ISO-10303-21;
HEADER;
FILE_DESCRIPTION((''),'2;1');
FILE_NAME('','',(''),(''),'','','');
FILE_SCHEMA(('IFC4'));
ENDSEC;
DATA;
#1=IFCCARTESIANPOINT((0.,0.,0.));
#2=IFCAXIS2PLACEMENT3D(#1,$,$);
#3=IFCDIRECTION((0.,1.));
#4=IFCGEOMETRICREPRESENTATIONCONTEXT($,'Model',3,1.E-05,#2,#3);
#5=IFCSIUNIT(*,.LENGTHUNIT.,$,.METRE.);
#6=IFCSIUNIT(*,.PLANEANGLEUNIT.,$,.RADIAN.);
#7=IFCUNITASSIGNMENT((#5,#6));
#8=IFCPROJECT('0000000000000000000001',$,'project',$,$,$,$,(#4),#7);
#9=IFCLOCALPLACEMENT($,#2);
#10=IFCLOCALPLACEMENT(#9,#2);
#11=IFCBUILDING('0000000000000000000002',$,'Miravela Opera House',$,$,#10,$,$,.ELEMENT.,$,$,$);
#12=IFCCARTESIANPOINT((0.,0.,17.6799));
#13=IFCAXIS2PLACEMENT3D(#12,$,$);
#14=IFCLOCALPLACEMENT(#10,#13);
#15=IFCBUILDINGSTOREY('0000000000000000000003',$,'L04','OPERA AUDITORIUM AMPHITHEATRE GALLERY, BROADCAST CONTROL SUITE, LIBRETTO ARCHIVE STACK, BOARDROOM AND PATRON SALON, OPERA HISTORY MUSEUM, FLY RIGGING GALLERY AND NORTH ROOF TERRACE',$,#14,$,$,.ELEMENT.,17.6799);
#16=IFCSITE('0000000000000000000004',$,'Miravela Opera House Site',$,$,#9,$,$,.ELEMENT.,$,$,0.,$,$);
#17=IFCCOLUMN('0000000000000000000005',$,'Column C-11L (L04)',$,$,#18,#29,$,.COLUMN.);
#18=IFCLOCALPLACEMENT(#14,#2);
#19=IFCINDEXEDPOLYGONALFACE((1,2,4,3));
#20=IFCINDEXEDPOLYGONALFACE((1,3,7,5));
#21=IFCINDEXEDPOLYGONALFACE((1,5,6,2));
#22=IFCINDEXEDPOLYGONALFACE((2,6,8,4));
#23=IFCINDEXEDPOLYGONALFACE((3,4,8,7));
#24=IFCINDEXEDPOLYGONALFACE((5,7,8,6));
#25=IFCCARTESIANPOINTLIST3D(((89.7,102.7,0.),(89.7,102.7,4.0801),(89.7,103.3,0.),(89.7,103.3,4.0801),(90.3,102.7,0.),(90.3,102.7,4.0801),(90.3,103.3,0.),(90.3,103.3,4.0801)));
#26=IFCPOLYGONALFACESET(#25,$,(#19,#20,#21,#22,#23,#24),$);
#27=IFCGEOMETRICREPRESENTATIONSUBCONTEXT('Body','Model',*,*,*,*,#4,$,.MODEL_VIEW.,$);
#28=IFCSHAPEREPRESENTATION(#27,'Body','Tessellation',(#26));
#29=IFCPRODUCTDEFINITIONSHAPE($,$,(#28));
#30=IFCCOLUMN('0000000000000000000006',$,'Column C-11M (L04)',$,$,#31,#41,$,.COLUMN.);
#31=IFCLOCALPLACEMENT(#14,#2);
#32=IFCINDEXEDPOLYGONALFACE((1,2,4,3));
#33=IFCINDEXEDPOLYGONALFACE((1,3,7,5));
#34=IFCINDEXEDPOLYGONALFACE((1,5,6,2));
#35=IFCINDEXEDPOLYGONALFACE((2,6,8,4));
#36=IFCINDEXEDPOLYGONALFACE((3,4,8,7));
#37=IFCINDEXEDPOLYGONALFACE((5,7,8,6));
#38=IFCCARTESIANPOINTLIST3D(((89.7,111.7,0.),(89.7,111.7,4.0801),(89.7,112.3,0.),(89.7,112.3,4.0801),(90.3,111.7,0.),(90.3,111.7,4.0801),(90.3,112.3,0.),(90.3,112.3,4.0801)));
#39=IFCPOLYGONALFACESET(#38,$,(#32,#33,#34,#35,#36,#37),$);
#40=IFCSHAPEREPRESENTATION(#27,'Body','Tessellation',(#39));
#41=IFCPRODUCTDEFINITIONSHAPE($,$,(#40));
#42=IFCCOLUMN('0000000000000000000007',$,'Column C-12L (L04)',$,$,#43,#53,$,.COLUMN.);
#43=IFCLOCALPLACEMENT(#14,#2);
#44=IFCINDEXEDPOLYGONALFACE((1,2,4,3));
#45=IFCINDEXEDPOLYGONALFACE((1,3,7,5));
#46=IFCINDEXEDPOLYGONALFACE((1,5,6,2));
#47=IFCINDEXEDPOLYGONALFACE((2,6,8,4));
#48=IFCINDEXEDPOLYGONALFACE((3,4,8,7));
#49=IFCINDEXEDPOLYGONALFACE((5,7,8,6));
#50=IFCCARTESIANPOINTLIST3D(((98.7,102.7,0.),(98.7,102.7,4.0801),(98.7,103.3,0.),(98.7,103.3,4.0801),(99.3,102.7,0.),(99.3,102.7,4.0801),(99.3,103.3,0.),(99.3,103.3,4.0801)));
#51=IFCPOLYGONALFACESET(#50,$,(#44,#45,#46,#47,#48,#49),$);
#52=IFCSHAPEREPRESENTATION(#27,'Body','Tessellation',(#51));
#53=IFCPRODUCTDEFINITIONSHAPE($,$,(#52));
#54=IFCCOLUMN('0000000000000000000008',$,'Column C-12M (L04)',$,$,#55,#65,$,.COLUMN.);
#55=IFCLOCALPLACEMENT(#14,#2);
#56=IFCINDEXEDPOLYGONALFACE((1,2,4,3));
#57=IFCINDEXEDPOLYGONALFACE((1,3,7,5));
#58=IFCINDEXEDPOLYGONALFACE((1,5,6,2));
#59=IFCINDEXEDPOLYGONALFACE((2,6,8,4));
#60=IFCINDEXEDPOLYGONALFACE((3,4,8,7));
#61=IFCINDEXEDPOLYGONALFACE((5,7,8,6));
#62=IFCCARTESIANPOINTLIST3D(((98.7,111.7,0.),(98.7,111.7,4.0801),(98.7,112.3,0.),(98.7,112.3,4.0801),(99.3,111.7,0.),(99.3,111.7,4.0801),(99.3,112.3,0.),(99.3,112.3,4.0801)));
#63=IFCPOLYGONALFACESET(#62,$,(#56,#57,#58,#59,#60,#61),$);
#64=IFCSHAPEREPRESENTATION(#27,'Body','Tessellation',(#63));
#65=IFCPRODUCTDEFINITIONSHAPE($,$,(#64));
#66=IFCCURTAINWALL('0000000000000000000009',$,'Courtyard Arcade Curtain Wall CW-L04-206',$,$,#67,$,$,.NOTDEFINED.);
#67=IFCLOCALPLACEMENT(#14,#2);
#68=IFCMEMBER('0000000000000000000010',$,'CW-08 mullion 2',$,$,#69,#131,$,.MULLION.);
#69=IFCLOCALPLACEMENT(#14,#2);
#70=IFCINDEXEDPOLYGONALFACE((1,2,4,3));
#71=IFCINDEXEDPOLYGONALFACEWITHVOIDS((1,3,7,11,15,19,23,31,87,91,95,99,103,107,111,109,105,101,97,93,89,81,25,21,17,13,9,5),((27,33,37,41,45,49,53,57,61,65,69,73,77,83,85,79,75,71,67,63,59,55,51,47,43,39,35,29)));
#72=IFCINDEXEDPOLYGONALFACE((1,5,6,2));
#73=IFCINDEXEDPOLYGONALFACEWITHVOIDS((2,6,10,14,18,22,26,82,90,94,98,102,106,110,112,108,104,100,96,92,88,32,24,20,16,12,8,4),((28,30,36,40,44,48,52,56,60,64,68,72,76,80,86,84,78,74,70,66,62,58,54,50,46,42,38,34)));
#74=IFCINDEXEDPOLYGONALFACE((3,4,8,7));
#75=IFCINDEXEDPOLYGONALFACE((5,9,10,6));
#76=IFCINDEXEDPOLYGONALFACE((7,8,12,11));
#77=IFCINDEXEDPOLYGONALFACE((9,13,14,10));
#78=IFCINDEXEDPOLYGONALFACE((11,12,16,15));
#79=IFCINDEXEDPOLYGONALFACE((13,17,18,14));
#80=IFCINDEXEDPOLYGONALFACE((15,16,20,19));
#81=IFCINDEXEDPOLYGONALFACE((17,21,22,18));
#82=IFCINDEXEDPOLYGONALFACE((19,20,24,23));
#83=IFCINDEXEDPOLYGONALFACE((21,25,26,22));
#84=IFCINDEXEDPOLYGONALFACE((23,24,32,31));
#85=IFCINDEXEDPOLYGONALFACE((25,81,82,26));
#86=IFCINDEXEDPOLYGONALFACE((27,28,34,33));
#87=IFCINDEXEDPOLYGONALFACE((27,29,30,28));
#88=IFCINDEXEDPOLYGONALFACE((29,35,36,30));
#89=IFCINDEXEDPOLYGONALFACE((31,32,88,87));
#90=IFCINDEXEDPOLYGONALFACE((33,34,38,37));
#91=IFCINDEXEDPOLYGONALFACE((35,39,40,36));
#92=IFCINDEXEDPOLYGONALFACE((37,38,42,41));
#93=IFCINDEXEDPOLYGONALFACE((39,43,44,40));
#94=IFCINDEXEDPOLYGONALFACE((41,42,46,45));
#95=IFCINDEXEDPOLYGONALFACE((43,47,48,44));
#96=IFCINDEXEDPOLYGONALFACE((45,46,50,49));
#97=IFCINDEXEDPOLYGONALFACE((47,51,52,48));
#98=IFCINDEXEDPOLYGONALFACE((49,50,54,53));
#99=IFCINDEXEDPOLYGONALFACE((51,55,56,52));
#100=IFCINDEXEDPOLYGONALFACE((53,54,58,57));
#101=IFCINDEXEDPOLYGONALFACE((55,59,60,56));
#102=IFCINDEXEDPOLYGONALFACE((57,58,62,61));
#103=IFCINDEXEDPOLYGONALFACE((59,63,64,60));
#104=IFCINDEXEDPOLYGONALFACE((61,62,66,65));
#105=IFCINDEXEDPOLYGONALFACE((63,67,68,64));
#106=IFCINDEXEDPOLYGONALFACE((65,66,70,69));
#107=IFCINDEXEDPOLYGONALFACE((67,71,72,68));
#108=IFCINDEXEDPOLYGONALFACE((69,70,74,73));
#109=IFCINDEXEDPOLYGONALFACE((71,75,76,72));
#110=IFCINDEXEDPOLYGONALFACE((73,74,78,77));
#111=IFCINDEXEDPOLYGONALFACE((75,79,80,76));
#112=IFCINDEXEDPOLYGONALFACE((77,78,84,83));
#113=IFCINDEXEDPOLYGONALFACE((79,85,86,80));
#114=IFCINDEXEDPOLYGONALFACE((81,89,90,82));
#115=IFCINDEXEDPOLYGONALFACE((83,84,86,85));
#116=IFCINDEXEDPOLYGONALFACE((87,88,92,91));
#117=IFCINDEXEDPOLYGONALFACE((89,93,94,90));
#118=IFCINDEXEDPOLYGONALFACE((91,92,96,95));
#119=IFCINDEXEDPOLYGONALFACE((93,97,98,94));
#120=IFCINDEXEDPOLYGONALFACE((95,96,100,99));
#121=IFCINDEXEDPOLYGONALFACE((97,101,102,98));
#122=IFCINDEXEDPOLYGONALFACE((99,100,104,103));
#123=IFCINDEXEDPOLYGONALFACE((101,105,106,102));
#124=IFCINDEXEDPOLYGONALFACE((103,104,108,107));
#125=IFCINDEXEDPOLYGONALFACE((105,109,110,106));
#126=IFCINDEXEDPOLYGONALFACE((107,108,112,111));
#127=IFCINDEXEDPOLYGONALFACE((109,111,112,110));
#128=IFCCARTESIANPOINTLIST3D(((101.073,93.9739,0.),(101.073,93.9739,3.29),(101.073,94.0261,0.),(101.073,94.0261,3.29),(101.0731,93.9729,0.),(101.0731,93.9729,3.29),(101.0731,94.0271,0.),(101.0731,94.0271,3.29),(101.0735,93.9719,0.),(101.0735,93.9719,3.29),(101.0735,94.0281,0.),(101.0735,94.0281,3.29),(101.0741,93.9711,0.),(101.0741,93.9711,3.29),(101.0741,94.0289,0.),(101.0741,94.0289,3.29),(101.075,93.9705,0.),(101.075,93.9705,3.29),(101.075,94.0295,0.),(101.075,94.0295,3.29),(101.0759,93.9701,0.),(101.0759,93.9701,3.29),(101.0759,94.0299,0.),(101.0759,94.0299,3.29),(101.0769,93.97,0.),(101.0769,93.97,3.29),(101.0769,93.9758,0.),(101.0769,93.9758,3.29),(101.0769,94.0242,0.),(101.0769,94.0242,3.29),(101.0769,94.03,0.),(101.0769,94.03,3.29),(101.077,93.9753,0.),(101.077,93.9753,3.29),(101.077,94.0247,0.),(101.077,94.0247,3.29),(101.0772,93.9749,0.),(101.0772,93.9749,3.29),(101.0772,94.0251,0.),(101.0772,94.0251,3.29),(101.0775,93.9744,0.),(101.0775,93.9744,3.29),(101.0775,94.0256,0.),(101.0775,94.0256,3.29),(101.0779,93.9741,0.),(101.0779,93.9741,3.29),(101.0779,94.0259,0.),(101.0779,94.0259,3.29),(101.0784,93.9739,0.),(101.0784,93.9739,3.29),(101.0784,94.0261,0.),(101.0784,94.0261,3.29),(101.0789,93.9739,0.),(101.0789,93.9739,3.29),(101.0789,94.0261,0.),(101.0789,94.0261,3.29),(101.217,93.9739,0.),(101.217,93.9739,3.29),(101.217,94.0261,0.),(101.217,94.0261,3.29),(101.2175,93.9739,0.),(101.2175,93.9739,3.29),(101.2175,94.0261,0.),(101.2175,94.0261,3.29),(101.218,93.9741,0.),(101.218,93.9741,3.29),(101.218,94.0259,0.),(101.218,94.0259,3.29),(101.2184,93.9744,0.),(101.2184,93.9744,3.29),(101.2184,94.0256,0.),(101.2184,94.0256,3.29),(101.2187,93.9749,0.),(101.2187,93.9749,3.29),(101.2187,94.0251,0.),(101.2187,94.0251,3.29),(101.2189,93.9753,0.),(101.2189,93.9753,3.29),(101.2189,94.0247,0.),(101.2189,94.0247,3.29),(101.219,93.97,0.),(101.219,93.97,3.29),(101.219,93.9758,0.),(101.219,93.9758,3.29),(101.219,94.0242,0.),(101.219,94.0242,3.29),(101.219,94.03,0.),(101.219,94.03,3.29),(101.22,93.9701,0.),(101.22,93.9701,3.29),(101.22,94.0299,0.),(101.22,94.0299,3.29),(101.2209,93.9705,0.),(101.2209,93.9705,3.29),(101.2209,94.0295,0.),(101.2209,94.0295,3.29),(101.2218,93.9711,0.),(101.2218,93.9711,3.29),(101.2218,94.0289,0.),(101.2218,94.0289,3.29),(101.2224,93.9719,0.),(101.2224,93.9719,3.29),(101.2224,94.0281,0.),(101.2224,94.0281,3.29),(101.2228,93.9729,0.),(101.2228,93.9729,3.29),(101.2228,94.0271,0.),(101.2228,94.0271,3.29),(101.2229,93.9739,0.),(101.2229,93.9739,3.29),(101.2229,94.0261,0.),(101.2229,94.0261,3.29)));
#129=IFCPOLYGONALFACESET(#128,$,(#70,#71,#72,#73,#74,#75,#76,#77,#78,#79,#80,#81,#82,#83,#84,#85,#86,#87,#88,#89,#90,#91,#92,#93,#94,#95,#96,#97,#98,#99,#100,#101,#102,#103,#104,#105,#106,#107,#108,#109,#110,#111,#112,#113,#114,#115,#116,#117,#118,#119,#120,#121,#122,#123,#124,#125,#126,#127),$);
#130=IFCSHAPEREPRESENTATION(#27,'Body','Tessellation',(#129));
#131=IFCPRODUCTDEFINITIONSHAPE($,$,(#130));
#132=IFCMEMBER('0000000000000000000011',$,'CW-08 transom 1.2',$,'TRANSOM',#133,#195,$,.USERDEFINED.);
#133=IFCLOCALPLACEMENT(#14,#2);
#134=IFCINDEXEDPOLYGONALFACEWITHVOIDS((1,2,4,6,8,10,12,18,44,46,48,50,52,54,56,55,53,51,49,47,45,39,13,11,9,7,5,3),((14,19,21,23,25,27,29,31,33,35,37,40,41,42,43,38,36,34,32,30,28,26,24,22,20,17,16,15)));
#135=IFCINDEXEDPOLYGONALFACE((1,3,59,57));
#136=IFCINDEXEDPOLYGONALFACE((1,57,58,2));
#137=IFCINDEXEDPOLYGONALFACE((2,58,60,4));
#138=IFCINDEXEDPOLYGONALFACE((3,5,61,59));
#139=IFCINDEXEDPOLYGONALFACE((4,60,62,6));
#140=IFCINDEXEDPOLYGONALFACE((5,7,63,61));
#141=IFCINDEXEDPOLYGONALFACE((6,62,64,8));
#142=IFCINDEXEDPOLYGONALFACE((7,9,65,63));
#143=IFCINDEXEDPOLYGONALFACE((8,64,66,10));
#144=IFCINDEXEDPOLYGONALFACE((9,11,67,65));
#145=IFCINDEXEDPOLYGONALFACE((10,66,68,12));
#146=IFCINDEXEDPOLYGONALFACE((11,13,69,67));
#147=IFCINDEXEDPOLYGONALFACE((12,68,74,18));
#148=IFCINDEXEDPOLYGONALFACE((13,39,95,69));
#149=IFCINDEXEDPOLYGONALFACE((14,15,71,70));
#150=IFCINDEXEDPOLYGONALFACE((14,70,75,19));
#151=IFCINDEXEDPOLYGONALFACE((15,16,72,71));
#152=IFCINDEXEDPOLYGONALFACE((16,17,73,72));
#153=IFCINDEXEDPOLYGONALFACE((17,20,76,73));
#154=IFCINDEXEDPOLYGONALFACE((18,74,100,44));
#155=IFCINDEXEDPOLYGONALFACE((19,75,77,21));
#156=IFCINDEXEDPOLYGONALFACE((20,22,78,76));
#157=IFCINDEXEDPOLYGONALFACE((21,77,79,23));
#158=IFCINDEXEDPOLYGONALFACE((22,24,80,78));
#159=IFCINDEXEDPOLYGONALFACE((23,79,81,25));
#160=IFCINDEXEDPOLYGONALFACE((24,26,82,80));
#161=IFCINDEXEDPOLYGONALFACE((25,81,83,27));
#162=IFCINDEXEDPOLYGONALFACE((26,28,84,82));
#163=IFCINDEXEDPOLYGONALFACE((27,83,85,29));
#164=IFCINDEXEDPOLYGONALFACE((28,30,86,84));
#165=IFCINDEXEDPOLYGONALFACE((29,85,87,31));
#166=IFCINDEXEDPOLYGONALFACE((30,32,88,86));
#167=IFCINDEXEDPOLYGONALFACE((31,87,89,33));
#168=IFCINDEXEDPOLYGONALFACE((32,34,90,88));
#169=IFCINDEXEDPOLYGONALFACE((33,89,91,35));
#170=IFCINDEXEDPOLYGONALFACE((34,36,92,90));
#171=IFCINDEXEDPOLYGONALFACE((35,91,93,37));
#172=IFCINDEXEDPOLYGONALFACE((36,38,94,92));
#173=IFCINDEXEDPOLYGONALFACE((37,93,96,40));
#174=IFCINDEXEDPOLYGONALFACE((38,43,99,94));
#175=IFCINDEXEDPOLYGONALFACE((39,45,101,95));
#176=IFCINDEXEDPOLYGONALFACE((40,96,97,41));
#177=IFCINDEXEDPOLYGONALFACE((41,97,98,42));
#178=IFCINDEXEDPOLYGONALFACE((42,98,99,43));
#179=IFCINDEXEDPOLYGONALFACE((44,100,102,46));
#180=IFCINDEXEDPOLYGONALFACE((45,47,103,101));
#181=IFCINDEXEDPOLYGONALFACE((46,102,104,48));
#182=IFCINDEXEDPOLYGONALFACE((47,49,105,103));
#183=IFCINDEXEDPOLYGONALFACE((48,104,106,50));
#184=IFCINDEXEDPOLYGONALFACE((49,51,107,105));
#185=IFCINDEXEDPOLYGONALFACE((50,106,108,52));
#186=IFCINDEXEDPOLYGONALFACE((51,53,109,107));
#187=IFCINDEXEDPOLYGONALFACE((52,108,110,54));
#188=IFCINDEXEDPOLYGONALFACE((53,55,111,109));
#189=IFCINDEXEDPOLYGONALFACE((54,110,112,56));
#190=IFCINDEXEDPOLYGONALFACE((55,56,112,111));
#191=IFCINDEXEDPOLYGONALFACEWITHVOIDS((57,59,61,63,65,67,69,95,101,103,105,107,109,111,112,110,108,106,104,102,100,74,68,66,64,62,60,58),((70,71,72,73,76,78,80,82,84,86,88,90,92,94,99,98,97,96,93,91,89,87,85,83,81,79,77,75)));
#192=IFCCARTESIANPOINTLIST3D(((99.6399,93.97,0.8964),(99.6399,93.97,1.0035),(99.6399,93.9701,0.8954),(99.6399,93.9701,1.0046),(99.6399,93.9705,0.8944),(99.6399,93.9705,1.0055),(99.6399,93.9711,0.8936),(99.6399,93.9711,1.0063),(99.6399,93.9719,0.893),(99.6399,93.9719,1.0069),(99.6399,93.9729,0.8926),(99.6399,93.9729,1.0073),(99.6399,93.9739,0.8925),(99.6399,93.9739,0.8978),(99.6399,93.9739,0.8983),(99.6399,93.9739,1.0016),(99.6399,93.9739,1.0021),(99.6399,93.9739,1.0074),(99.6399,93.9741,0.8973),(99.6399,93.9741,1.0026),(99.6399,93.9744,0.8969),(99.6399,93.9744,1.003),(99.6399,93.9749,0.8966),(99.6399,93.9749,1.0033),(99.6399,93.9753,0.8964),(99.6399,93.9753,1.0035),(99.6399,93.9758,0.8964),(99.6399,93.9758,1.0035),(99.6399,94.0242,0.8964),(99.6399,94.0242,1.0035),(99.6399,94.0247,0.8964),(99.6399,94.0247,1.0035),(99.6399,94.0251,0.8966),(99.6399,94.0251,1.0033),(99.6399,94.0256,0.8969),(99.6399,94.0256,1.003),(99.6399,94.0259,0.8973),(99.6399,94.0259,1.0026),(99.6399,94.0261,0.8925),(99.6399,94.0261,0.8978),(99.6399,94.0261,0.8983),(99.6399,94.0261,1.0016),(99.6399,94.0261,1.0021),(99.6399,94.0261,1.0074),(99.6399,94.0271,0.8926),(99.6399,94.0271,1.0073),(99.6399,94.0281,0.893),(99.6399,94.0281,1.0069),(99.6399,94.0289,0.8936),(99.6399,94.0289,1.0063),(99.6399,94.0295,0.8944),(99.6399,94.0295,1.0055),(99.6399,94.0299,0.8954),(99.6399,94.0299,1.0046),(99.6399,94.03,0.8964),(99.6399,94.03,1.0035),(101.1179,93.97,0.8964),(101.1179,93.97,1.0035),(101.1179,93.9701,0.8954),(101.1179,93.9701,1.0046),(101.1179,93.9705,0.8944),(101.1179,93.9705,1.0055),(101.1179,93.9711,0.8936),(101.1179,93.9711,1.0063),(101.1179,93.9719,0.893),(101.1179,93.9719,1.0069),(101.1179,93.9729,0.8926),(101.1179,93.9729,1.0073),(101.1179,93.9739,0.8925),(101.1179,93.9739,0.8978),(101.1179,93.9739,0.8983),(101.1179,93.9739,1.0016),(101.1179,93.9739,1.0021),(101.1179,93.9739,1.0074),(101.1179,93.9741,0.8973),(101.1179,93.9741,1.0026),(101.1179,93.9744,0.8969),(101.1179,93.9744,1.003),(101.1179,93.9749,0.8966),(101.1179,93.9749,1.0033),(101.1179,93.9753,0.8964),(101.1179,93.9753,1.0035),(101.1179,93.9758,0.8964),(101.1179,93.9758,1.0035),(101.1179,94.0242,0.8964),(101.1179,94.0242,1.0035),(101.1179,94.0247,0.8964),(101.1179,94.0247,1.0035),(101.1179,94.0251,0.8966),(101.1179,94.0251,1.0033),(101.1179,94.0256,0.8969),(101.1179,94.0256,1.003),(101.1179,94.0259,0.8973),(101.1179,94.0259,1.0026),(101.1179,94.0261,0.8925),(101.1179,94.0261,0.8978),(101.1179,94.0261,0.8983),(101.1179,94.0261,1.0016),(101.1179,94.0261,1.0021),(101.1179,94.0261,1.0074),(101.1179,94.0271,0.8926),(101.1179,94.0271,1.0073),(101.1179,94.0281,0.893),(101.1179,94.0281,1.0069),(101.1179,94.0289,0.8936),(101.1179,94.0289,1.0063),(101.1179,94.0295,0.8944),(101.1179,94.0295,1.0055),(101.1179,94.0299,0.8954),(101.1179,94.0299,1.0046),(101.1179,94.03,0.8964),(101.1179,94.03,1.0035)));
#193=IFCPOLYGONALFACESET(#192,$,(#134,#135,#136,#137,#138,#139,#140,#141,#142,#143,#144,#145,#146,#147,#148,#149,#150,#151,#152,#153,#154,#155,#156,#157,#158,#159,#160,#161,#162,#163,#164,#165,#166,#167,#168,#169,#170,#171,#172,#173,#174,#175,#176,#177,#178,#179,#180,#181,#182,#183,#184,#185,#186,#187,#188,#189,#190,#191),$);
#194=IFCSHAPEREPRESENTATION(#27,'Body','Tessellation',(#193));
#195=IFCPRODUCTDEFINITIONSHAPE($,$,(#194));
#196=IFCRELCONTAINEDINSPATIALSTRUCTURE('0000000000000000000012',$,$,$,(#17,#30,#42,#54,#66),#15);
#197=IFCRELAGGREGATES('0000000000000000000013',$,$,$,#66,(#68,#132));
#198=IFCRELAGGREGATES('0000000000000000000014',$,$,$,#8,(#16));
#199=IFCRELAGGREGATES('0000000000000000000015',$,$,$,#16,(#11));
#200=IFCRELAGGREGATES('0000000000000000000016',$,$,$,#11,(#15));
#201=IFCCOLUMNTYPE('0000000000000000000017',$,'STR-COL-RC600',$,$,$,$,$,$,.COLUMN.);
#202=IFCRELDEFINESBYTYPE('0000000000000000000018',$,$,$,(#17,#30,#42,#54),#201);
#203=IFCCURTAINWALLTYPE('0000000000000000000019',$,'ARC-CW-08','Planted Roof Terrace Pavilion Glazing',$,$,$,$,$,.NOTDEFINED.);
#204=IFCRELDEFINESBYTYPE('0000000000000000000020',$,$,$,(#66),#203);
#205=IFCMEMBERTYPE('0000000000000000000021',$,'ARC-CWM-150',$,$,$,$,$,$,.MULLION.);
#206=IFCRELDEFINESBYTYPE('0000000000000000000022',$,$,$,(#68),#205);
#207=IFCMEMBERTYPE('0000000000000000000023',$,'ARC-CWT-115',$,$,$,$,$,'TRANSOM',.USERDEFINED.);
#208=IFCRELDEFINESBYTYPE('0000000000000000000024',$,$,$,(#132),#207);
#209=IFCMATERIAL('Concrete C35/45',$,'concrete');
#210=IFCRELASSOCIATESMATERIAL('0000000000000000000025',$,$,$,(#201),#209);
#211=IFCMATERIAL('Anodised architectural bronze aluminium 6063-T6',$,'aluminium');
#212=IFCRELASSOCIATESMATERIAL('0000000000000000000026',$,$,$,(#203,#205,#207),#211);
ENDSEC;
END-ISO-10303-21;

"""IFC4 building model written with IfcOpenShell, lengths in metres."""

from ifc_helpers import new_model, si_unit, direction, frame, origin, origin_2d, place, context, subcontext, project, spatial, rectangle, hollow_rectangle, extrude, material, material_profile, profile_set, type_object, element, aggregate, save


model = new_model("IFC4")

# Units and contexts
model_context = context("Model", 3, precision=1e-05, world=origin(), true_north=direction((0.0, 1.0)))
body_context = subcontext(model_context, "Body", "Model", "MODEL_VIEW")
ifc_project = project(units=[si_unit("LENGTHUNIT", "METRE"), si_unit("PLANEANGLEUNIT", "RADIAN")], contexts=[model_context])

# Site, building, storey
site_placement = place(None, origin())
site = spatial("IfcSite", under=ifc_project, at=site_placement, Name="Miravela Opera House Site", CompositionType="ELEMENT", RefElevation=0.0)
building_placement = place(site_placement, origin())
building = spatial("IfcBuilding", under=site, at=building_placement, Name="Miravela Opera House", CompositionType="ELEMENT")
storey_placement = place(building_placement, frame((0.0, 0.0, 17.6799)))
storey = spatial("IfcBuildingStorey", under=building, at=storey_placement, Name="L04", Description="OPERA AUDITORIUM AMPHITHEATRE GALLERY, BROADCAST CONTROL SUITE, LIBRETTO ARCHIVE STACK, BOARDROOM AND PATRON SALON, OPERA HISTORY MUSEUM, FLY RIGGING GALLERY AND NORTH ROOF TERRACE", CompositionType="ELEMENT", Elevation=17.6799)

# Columns
ifc_material_1 = material(Name="Concrete C35/45", Category="concrete")
ifc_material_profile_1 = material_profile(ifc_material_1, rectangle(XDim=0.6001, YDim=0.6001, at=origin_2d()), Name="RC-COL-600X600")
ifc_profile_set_1 = profile_set([ifc_material_profile_1])
column_type = type_object("IfcColumnType", Name="STR-COL-RC600", PredefinedType="COLUMN", material=ifc_profile_set_1)
for number, where, z_axis, x_axis, name in (
    (1, (90.0, 103.0, 0.0), (0.0, 0.0, 1.0), (1.0, 0.0, 0.0), "Column C-11L (L04)"),
    (2, (90.0, 112.0, 0.0), (0.0, 0.0, 1.0), (1.0, 0.0, 0.0), "Column C-11M (L04)"),
    (3, (99.0, 103.0, 0.0), (0.0, 0.0, 1.0), (1.0, 0.0, 0.0), "Column C-12L (L04)"),
    (4, (99.0, 112.0, 0.0), (0.0, 0.0, 1.0), (1.0, 0.0, 0.0), "Column C-12M (L04)"),
):
    element("IfcColumn", number, at=place(storey_placement, frame(where, z_axis=z_axis, x_axis=x_axis)), inside=storey, type_object=column_type, Name=name, PredefinedType="COLUMN", context=body_context, shape_type="SweptSolid", body=[
        extrude(rectangle(XDim=0.6001, YDim=0.6001, at=origin_2d()), origin(), (0.0, 0.0, 1.0), 4.0801),
    ])

# Curtain wall, members
ifc_material_2 = material(Name="Anodised architectural bronze aluminium 6063-T6", Category="aluminium")
curtain_wall_type = type_object("IfcCurtainWallType", Name="ARC-CW-08", Description="Planted Roof Terrace Pavilion Glazing", PredefinedType="NOTDEFINED", material=ifc_material_2)
curtain_wall_placement = place(storey_placement, origin())
curtain_wall = element("IfcCurtainWall", 5, at=curtain_wall_placement, inside=storey, type_object=curtain_wall_type, Name="Courtyard Arcade Curtain Wall CW-L04-206", PredefinedType="NOTDEFINED")
ifc_material_profile_2 = material_profile(ifc_material_2, hollow_rectangle(XDim=0.0601, YDim=0.1499, WallThickness=0.0039, InnerFilletRadius=0.002, OuterFilletRadius=0.0039, at=origin_2d()), Name="CWM-60X150")
ifc_profile_set_2 = profile_set([ifc_material_profile_2])
member_type_1 = type_object("IfcMemberType", Name="ARC-CWM-150", PredefinedType="MULLION", material=ifc_profile_set_2)
member_1_placement = place(storey_placement, frame((101.1479, 94.0, 0.0), z_axis=(0.0, 0.0, 1.0), x_axis=(0.0, 1.0, 0.0)))
member_1 = element("IfcMember", 6, at=member_1_placement, type_object=member_type_1, Name="CW-08 mullion 2", PredefinedType="MULLION", context=body_context, shape_type="SweptSolid", body=[
    extrude(hollow_rectangle(XDim=0.0601, YDim=0.1499, WallThickness=0.0039, InnerFilletRadius=0.002, OuterFilletRadius=0.0039, at=origin_2d()), origin(), (0.0, 0.0, 1.0), 3.29),
])
ifc_material_profile_3 = material_profile(ifc_material_2, hollow_rectangle(XDim=0.0601, YDim=0.115, WallThickness=0.0039, InnerFilletRadius=0.002, OuterFilletRadius=0.0039, at=origin_2d()), Name="CWT-60X115")
ifc_profile_set_3 = profile_set([ifc_material_profile_3])
member_type_2 = type_object("IfcMemberType", Name="ARC-CWT-115", ElementType="TRANSOM", PredefinedType="USERDEFINED", material=ifc_profile_set_3)
member_2_placement = place(storey_placement, frame((99.6399, 94.0, 0.95), z_axis=(1.0, 0.0, 0.0), x_axis=(0.0, 1.0, 0.0)))
member_2 = element("IfcMember", 7, at=member_2_placement, type_object=member_type_2, Name="CW-08 transom 1.2", ObjectType="TRANSOM", PredefinedType="USERDEFINED", context=body_context, shape_type="SweptSolid", body=[
    extrude(hollow_rectangle(XDim=0.0601, YDim=0.115, WallThickness=0.0039, InnerFilletRadius=0.002, OuterFilletRadius=0.0039, at=origin_2d()), origin(), (0.0, 0.0, 1.0), 1.478),
])

aggregate(curtain_wall, [member_1, member_2])

save(model, "model.ifc")
